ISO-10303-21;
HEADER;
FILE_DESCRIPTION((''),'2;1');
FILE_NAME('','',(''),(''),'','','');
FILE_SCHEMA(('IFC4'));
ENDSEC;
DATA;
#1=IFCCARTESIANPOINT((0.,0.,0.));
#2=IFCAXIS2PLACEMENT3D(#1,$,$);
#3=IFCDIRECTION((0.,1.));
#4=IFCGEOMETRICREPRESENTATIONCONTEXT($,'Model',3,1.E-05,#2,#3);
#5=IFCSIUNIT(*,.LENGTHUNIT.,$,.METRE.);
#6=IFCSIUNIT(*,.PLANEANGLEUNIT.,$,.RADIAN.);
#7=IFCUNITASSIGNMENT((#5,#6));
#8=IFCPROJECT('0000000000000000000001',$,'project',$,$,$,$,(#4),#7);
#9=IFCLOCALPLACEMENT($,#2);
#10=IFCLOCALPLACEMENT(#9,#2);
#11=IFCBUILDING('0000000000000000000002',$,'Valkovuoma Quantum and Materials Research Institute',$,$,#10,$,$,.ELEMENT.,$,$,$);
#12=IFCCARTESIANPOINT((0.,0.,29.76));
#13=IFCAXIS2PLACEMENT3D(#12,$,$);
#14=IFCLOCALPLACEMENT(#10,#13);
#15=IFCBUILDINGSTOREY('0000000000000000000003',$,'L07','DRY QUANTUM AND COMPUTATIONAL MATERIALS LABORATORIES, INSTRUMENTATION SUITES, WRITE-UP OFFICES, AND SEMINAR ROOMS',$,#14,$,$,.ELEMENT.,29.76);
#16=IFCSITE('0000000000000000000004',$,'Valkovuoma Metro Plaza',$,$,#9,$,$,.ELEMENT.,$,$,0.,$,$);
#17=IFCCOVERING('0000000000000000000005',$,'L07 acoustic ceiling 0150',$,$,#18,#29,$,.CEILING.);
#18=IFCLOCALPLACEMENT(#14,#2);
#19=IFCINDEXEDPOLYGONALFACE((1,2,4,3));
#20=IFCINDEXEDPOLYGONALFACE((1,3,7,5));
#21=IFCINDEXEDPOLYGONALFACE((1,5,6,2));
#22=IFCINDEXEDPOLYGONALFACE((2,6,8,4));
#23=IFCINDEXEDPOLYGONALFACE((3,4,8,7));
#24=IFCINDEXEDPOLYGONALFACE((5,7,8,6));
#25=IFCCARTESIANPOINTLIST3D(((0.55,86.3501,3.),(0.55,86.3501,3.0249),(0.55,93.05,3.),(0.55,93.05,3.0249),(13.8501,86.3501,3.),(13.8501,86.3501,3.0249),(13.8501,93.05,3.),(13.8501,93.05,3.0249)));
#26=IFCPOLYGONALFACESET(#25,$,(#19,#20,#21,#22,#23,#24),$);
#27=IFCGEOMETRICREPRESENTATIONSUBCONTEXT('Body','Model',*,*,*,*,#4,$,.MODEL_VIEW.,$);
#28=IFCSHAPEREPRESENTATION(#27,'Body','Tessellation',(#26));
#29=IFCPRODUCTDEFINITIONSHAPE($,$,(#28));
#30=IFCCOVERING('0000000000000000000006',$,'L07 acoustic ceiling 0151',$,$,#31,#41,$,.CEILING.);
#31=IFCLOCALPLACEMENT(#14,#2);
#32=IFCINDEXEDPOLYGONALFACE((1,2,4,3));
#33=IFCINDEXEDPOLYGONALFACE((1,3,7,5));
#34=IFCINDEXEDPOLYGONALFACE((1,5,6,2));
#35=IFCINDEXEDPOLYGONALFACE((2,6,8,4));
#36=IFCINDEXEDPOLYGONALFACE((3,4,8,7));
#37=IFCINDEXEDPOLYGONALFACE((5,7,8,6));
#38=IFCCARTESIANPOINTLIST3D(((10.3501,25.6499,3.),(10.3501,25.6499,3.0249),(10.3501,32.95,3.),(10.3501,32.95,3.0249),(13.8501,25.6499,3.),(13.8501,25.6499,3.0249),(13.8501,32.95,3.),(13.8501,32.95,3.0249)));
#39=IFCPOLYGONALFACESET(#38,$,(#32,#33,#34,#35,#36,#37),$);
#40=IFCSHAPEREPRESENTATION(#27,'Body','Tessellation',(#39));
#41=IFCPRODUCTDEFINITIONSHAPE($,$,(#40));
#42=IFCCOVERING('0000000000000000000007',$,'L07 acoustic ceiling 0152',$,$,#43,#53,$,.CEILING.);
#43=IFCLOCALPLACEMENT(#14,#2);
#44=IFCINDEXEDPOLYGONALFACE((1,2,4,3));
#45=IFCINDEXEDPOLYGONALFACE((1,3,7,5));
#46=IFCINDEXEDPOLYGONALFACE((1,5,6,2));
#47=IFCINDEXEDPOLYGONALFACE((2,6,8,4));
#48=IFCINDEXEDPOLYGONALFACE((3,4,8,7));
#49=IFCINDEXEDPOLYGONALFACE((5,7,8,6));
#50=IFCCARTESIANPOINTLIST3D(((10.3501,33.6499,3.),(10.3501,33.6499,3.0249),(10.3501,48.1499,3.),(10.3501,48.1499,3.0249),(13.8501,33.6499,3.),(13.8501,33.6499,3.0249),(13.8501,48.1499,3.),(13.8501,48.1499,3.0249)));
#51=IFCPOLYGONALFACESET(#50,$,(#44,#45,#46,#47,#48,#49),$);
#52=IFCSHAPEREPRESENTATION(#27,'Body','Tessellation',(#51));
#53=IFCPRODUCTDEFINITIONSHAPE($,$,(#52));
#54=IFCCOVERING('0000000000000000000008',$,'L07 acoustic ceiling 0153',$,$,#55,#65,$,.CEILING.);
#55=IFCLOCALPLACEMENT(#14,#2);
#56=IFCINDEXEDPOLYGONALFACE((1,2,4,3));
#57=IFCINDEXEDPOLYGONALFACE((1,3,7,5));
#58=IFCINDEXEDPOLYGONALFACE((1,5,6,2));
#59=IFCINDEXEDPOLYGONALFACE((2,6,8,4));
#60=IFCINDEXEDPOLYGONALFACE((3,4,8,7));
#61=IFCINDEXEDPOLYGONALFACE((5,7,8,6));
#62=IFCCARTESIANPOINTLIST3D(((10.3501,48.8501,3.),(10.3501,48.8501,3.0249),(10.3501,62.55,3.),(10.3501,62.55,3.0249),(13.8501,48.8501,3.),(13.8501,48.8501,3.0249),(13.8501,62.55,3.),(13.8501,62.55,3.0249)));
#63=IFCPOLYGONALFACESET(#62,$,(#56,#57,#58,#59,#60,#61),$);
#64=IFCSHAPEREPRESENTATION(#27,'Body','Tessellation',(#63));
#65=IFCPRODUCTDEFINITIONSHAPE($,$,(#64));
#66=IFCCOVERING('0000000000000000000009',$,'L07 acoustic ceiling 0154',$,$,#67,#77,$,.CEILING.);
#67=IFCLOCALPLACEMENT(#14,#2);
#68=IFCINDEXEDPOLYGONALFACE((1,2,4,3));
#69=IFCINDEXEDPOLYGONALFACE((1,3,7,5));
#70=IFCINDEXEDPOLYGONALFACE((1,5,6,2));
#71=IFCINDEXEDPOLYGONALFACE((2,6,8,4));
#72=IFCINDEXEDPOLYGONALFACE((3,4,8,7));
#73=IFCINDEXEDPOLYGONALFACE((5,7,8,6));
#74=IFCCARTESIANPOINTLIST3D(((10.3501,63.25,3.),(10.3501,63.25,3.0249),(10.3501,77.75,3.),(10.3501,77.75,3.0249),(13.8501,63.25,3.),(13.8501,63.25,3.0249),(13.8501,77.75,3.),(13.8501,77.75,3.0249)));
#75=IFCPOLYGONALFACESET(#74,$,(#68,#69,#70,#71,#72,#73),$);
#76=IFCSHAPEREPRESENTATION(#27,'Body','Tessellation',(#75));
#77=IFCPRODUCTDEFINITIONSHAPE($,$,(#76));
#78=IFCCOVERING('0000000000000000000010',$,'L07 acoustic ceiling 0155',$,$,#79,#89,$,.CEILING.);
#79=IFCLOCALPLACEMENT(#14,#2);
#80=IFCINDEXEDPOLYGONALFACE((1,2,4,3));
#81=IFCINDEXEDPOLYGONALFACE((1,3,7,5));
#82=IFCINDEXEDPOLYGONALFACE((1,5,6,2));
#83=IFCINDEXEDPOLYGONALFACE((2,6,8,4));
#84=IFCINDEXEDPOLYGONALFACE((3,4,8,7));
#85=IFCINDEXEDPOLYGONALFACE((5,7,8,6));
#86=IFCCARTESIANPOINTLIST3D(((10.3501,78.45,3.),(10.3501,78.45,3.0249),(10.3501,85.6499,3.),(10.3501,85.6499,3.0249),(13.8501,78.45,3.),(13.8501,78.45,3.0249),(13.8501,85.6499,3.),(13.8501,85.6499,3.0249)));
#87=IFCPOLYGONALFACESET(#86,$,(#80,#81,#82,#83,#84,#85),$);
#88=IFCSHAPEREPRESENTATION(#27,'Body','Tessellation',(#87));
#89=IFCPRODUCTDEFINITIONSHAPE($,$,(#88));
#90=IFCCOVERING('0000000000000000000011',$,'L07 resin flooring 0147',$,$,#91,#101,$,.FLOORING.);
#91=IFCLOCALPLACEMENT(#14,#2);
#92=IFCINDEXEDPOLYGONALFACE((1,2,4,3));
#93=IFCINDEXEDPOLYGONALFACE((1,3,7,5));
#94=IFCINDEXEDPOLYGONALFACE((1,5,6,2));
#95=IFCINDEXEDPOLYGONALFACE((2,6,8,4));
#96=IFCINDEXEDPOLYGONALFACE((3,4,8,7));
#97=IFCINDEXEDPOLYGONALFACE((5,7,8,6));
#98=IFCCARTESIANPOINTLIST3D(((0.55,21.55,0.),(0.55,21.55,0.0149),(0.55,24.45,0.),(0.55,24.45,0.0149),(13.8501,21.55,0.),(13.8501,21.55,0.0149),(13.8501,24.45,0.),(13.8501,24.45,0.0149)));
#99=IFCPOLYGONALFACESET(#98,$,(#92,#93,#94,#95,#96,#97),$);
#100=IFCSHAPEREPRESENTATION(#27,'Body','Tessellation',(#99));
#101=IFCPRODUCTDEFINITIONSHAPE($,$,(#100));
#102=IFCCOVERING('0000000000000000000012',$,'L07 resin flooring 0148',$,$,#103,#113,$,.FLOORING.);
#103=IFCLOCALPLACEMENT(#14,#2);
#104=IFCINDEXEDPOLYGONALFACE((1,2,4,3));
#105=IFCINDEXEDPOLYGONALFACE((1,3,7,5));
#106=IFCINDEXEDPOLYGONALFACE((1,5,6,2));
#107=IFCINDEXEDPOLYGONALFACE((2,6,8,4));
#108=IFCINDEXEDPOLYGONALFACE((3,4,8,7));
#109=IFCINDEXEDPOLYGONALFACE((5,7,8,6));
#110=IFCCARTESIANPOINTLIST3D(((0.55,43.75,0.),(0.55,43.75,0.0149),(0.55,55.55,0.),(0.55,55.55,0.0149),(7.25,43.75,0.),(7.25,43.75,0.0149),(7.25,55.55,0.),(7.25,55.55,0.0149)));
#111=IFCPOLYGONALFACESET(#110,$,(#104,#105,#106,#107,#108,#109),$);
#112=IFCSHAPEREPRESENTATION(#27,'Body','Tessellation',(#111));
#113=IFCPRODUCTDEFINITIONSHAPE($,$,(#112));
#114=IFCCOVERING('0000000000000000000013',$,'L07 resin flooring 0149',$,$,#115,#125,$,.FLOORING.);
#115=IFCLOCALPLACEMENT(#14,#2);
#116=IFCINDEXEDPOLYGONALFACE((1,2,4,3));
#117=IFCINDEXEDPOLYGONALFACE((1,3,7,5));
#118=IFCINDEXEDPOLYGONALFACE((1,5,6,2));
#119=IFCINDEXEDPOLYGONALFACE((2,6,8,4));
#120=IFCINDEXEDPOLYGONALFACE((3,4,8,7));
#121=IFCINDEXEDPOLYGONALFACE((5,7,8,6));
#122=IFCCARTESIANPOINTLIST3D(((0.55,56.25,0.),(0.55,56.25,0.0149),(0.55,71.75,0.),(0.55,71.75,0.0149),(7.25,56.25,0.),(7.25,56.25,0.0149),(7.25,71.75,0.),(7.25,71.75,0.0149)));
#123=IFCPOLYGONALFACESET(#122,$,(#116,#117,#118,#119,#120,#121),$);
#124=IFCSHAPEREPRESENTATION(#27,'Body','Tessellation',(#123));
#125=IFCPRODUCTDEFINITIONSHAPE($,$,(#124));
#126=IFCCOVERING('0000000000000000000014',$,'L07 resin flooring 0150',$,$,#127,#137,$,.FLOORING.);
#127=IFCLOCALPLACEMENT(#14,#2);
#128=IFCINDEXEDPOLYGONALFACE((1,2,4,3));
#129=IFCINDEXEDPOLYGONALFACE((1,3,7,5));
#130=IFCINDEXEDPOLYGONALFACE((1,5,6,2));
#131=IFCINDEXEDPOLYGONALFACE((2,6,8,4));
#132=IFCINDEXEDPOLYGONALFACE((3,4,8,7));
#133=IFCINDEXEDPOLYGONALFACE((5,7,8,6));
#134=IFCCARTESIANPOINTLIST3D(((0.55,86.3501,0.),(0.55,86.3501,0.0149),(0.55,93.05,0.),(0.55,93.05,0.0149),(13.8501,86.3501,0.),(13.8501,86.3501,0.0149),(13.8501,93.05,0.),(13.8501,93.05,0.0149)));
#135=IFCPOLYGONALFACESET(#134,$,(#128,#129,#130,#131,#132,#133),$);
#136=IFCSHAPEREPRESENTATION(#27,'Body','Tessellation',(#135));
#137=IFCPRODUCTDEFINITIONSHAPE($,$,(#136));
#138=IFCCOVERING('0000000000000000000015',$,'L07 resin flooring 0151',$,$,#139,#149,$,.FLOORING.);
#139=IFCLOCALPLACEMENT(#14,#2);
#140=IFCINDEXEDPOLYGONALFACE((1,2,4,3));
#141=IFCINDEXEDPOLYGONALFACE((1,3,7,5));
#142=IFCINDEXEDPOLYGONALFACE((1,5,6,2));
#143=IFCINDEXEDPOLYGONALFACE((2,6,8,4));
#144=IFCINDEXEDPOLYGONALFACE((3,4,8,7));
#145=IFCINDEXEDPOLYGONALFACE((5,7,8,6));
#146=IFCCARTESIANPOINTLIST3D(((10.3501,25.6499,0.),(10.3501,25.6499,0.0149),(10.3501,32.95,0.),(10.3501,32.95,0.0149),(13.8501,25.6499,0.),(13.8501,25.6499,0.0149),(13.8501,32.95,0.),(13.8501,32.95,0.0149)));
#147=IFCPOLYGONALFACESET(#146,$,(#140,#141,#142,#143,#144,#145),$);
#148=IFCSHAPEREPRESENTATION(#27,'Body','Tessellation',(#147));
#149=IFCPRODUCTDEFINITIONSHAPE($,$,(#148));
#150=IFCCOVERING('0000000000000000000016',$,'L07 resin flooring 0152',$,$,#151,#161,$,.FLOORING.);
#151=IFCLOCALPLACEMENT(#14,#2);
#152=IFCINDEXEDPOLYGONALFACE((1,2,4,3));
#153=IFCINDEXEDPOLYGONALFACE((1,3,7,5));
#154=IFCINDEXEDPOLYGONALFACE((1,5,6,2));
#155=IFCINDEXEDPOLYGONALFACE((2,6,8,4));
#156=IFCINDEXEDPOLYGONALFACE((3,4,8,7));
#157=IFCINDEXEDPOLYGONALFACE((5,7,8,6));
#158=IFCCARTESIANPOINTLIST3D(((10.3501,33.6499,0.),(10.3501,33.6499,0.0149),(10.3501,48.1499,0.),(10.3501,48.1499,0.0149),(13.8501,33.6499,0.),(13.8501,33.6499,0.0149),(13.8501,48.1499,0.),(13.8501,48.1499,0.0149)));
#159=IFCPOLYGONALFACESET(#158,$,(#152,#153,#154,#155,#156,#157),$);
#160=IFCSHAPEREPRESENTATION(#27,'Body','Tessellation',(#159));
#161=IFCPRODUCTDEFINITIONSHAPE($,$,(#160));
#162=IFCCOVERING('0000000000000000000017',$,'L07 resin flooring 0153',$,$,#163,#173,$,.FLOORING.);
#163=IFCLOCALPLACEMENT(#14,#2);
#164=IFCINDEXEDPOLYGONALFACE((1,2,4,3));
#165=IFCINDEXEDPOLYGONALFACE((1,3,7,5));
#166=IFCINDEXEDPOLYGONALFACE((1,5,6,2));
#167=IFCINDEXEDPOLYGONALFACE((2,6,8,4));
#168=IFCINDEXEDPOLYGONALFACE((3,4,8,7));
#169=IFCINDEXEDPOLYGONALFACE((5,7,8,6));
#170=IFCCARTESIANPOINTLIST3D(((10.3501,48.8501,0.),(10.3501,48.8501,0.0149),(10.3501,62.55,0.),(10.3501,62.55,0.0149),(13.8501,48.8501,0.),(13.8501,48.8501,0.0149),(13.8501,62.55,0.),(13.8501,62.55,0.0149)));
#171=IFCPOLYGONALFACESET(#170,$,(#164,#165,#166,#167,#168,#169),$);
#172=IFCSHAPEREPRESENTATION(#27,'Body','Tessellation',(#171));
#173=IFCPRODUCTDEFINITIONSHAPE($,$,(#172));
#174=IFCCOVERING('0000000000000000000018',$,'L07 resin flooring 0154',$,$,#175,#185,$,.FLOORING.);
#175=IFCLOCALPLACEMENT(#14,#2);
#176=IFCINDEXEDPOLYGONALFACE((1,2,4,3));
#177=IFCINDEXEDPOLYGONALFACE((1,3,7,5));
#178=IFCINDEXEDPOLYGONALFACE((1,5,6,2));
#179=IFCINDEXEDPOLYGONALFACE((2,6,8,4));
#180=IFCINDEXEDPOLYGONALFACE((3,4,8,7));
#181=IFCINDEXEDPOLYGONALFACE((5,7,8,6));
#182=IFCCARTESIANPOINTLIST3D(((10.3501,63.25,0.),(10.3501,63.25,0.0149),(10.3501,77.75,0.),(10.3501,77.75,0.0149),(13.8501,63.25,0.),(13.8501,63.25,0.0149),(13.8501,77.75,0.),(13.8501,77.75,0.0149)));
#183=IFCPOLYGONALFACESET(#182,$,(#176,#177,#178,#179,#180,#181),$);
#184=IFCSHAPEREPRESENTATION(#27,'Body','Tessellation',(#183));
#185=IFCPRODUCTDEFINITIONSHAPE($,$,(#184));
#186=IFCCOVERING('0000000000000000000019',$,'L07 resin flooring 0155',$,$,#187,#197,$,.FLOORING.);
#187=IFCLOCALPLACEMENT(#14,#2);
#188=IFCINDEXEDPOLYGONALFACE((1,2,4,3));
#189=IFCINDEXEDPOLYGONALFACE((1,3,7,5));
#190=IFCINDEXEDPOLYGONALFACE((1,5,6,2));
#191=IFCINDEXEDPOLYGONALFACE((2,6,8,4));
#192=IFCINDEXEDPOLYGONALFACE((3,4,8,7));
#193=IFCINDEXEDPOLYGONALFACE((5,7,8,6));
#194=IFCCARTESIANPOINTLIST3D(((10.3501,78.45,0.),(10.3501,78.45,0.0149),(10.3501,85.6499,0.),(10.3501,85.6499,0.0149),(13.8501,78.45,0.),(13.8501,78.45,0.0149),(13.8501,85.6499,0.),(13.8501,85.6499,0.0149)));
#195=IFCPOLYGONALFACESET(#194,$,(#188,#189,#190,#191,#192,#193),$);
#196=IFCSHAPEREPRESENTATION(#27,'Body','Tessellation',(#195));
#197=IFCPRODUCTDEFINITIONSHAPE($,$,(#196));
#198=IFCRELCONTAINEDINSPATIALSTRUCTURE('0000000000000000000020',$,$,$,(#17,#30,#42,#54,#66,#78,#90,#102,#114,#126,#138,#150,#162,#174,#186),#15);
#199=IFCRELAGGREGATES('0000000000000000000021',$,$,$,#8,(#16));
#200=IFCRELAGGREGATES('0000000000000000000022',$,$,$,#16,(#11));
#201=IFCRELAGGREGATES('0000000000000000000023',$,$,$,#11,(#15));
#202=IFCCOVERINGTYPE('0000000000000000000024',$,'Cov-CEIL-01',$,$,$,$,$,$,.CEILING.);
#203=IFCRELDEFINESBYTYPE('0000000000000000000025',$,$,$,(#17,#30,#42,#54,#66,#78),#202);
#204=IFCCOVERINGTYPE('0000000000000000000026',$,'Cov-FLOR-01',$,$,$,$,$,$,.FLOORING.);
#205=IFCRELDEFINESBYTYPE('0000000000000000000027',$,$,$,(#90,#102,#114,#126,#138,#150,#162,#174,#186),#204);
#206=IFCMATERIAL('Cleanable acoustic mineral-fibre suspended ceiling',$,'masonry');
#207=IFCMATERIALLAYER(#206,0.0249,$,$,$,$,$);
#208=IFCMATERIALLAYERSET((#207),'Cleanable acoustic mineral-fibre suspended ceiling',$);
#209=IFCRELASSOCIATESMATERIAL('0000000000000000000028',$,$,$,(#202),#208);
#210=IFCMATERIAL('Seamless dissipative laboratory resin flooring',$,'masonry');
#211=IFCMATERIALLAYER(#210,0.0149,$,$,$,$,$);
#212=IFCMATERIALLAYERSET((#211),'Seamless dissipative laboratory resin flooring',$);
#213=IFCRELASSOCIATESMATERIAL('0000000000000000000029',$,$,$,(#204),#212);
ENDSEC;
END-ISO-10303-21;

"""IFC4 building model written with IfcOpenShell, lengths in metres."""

from ifc_helpers import new_model, si_unit, direction, frame, origin, place, context, subcontext, project, spatial, polyline, outline, extrude, material, layer, layer_set, type_object, element, save


model = new_model("IFC4")

# Units and contexts
model_context = context("Model", 3, precision=1e-05, world=origin(), true_north=direction((0.0, 1.0)))
body_context = subcontext(model_context, "Body", "Model", "MODEL_VIEW")
ifc_project = project(units=[si_unit("LENGTHUNIT", "METRE"), si_unit("PLANEANGLEUNIT", "RADIAN")], contexts=[model_context])

# Site, building, storey
site_placement = place(None, origin())
site = spatial("IfcSite", under=ifc_project, at=site_placement, Name="Valkovuoma Metro Plaza", CompositionType="ELEMENT", RefElevation=0.0)
building_placement = place(site_placement, origin())
building = spatial("IfcBuilding", under=site, at=building_placement, Name="Valkovuoma Quantum and Materials Research Institute", CompositionType="ELEMENT")
storey_placement = place(building_placement, frame((0.0, 0.0, 29.76)))
storey = spatial("IfcBuildingStorey", under=building, at=storey_placement, Name="L07", Description="DRY QUANTUM AND COMPUTATIONAL MATERIALS LABORATORIES, INSTRUMENTATION SUITES, WRITE-UP OFFICES, AND SEMINAR ROOMS", CompositionType="ELEMENT", Elevation=29.76)

# Coverings
ifc_material_1 = material(Name="Cleanable acoustic mineral-fibre suspended ceiling", Category="masonry")
ifc_layer_1 = layer(ifc_material_1, 0.0249)
ifc_layer_set_1 = layer_set([ifc_layer_1], Name="Cleanable acoustic mineral-fibre suspended ceiling")
covering_type_1 = type_object("IfcCoveringType", Name="Cov-CEIL-01", PredefinedType="CEILING", material=ifc_layer_set_1)
covering_1_placement = place(storey_placement, frame((0.0, 0.0, 3.0)))
element("IfcCovering", 1, at=covering_1_placement, inside=storey, type_object=covering_type_1, Name="L07 acoustic ceiling 0150", PredefinedType="CEILING", context=body_context, shape_type="SweptSolid", body=[
    extrude(outline(polyline([(0.55, 86.3501), (13.8501, 86.3501), (13.8501, 93.05), (0.55, 93.05), (0.55, 86.3501)])), origin(), (0.0, 0.0, 1.0), 0.0249),
])
covering_2_placement = place(storey_placement, frame((0.0, 0.0, 3.0)))
element("IfcCovering", 2, at=covering_2_placement, inside=storey, type_object=covering_type_1, Name="L07 acoustic ceiling 0151", PredefinedType="CEILING", context=body_context, shape_type="SweptSolid", body=[
    extrude(outline(polyline([(10.3501, 25.6499), (13.8501, 25.6499), (13.8501, 32.95), (10.3501, 32.95), (10.3501, 25.6499)])), origin(), (0.0, 0.0, 1.0), 0.0249),
])
covering_3_placement = place(storey_placement, frame((0.0, 0.0, 3.0)))
element("IfcCovering", 3, at=covering_3_placement, inside=storey, type_object=covering_type_1, Name="L07 acoustic ceiling 0152", PredefinedType="CEILING", context=body_context, shape_type="SweptSolid", body=[
    extrude(outline(polyline([(10.3501, 33.6499), (13.8501, 33.6499), (13.8501, 48.1499), (10.3501, 48.1499), (10.3501, 33.6499)])), origin(), (0.0, 0.0, 1.0), 0.0249),
])
covering_4_placement = place(storey_placement, frame((0.0, 0.0, 3.0)))
element("IfcCovering", 4, at=covering_4_placement, inside=storey, type_object=covering_type_1, Name="L07 acoustic ceiling 0153", PredefinedType="CEILING", context=body_context, shape_type="SweptSolid", body=[
    extrude(outline(polyline([(10.3501, 48.8501), (13.8501, 48.8501), (13.8501, 62.55), (10.3501, 62.55), (10.3501, 48.8501)])), origin(), (0.0, 0.0, 1.0), 0.0249),
])
covering_5_placement = place(storey_placement, frame((0.0, 0.0, 3.0)))
element("IfcCovering", 5, at=covering_5_placement, inside=storey, type_object=covering_type_1, Name="L07 acoustic ceiling 0154", PredefinedType="CEILING", context=body_context, shape_type="SweptSolid", body=[
    extrude(outline(polyline([(10.3501, 63.25), (13.8501, 63.25), (13.8501, 77.75), (10.3501, 77.75), (10.3501, 63.25)])), origin(), (0.0, 0.0, 1.0), 0.0249),
])
covering_6_placement = place(storey_placement, frame((0.0, 0.0, 3.0)))
element("IfcCovering", 6, at=covering_6_placement, inside=storey, type_object=covering_type_1, Name="L07 acoustic ceiling 0155", PredefinedType="CEILING", context=body_context, shape_type="SweptSolid", body=[
    extrude(outline(polyline([(10.3501, 78.45), (13.8501, 78.45), (13.8501, 85.6499), (10.3501, 85.6499), (10.3501, 78.45)])), origin(), (0.0, 0.0, 1.0), 0.0249),
])
ifc_material_2 = material(Name="Seamless dissipative laboratory resin flooring", Category="masonry")
ifc_layer_2 = layer(ifc_material_2, 0.0149)
ifc_layer_set_2 = layer_set([ifc_layer_2], Name="Seamless dissipative laboratory resin flooring")
covering_type_2 = type_object("IfcCoveringType", Name="Cov-FLOR-01", PredefinedType="FLOORING", material=ifc_layer_set_2)
covering_7_placement = place(storey_placement, origin())
element("IfcCovering", 7, at=covering_7_placement, inside=storey, type_object=covering_type_2, Name="L07 resin flooring 0147", PredefinedType="FLOORING", context=body_context, shape_type="SweptSolid", body=[
    extrude(outline(polyline([(0.55, 21.55), (13.8501, 21.55), (13.8501, 24.45), (0.55, 24.45), (0.55, 21.55)])), origin(), (0.0, 0.0, 1.0), 0.0149),
])
covering_8_placement = place(storey_placement, origin())
element("IfcCovering", 8, at=covering_8_placement, inside=storey, type_object=covering_type_2, Name="L07 resin flooring 0148", PredefinedType="FLOORING", context=body_context, shape_type="SweptSolid", body=[
    extrude(outline(polyline([(0.55, 43.75), (7.25, 43.75), (7.25, 55.55), (0.55, 55.55), (0.55, 43.75)])), origin(), (0.0, 0.0, 1.0), 0.0149),
])
covering_9_placement = place(storey_placement, origin())
element("IfcCovering", 9, at=covering_9_placement, inside=storey, type_object=covering_type_2, Name="L07 resin flooring 0149", PredefinedType="FLOORING", context=body_context, shape_type="SweptSolid", body=[
    extrude(outline(polyline([(0.55, 56.25), (7.25, 56.25), (7.25, 71.75), (0.55, 71.75), (0.55, 56.25)])), origin(), (0.0, 0.0, 1.0), 0.0149),
])
covering_10_placement = place(storey_placement, origin())
element("IfcCovering", 10, at=covering_10_placement, inside=storey, type_object=covering_type_2, Name="L07 resin flooring 0150", PredefinedType="FLOORING", context=body_context, shape_type="SweptSolid", body=[
    extrude(outline(polyline([(0.55, 86.3501), (13.8501, 86.3501), (13.8501, 93.05), (0.55, 93.05), (0.55, 86.3501)])), origin(), (0.0, 0.0, 1.0), 0.0149),
])
covering_11_placement = place(storey_placement, origin())
element("IfcCovering", 11, at=covering_11_placement, inside=storey, type_object=covering_type_2, Name="L07 resin flooring 0151", PredefinedType="FLOORING", context=body_context, shape_type="SweptSolid", body=[
    extrude(outline(polyline([(10.3501, 25.6499), (13.8501, 25.6499), (13.8501, 32.95), (10.3501, 32.95), (10.3501, 25.6499)])), origin(), (0.0, 0.0, 1.0), 0.0149),
])
covering_12_placement = place(storey_placement, origin())
element("IfcCovering", 12, at=covering_12_placement, inside=storey, type_object=covering_type_2, Name="L07 resin flooring 0152", PredefinedType="FLOORING", context=body_context, shape_type="SweptSolid", body=[
    extrude(outline(polyline([(10.3501, 33.6499), (13.8501, 33.6499), (13.8501, 48.1499), (10.3501, 48.1499), (10.3501, 33.6499)])), origin(), (0.0, 0.0, 1.0), 0.0149),
])
covering_13_placement = place(storey_placement, origin())
element("IfcCovering", 13, at=covering_13_placement, inside=storey, type_object=covering_type_2, Name="L07 resin flooring 0153", PredefinedType="FLOORING", context=body_context, shape_type="SweptSolid", body=[
    extrude(outline(polyline([(10.3501, 48.8501), (13.8501, 48.8501), (13.8501, 62.55), (10.3501, 62.55), (10.3501, 48.8501)])), origin(), (0.0, 0.0, 1.0), 0.0149),
])
covering_14_placement = place(storey_placement, origin())
element("IfcCovering", 14, at=covering_14_placement, inside=storey, type_object=covering_type_2, Name="L07 resin flooring 0154", PredefinedType="FLOORING", context=body_context, shape_type="SweptSolid", body=[
    extrude(outline(polyline([(10.3501, 63.25), (13.8501, 63.25), (13.8501, 77.75), (10.3501, 77.75), (10.3501, 63.25)])), origin(), (0.0, 0.0, 1.0), 0.0149),
])
covering_15_placement = place(storey_placement, origin())
element("IfcCovering", 15, at=covering_15_placement, inside=storey, type_object=covering_type_2, Name="L07 resin flooring 0155", PredefinedType="FLOORING", context=body_context, shape_type="SweptSolid", body=[
    extrude(outline(polyline([(10.3501, 78.45), (13.8501, 78.45), (13.8501, 85.6499), (10.3501, 85.6499), (10.3501, 78.45)])), origin(), (0.0, 0.0, 1.0), 0.0149),
])

save(model, "model.ifc")
